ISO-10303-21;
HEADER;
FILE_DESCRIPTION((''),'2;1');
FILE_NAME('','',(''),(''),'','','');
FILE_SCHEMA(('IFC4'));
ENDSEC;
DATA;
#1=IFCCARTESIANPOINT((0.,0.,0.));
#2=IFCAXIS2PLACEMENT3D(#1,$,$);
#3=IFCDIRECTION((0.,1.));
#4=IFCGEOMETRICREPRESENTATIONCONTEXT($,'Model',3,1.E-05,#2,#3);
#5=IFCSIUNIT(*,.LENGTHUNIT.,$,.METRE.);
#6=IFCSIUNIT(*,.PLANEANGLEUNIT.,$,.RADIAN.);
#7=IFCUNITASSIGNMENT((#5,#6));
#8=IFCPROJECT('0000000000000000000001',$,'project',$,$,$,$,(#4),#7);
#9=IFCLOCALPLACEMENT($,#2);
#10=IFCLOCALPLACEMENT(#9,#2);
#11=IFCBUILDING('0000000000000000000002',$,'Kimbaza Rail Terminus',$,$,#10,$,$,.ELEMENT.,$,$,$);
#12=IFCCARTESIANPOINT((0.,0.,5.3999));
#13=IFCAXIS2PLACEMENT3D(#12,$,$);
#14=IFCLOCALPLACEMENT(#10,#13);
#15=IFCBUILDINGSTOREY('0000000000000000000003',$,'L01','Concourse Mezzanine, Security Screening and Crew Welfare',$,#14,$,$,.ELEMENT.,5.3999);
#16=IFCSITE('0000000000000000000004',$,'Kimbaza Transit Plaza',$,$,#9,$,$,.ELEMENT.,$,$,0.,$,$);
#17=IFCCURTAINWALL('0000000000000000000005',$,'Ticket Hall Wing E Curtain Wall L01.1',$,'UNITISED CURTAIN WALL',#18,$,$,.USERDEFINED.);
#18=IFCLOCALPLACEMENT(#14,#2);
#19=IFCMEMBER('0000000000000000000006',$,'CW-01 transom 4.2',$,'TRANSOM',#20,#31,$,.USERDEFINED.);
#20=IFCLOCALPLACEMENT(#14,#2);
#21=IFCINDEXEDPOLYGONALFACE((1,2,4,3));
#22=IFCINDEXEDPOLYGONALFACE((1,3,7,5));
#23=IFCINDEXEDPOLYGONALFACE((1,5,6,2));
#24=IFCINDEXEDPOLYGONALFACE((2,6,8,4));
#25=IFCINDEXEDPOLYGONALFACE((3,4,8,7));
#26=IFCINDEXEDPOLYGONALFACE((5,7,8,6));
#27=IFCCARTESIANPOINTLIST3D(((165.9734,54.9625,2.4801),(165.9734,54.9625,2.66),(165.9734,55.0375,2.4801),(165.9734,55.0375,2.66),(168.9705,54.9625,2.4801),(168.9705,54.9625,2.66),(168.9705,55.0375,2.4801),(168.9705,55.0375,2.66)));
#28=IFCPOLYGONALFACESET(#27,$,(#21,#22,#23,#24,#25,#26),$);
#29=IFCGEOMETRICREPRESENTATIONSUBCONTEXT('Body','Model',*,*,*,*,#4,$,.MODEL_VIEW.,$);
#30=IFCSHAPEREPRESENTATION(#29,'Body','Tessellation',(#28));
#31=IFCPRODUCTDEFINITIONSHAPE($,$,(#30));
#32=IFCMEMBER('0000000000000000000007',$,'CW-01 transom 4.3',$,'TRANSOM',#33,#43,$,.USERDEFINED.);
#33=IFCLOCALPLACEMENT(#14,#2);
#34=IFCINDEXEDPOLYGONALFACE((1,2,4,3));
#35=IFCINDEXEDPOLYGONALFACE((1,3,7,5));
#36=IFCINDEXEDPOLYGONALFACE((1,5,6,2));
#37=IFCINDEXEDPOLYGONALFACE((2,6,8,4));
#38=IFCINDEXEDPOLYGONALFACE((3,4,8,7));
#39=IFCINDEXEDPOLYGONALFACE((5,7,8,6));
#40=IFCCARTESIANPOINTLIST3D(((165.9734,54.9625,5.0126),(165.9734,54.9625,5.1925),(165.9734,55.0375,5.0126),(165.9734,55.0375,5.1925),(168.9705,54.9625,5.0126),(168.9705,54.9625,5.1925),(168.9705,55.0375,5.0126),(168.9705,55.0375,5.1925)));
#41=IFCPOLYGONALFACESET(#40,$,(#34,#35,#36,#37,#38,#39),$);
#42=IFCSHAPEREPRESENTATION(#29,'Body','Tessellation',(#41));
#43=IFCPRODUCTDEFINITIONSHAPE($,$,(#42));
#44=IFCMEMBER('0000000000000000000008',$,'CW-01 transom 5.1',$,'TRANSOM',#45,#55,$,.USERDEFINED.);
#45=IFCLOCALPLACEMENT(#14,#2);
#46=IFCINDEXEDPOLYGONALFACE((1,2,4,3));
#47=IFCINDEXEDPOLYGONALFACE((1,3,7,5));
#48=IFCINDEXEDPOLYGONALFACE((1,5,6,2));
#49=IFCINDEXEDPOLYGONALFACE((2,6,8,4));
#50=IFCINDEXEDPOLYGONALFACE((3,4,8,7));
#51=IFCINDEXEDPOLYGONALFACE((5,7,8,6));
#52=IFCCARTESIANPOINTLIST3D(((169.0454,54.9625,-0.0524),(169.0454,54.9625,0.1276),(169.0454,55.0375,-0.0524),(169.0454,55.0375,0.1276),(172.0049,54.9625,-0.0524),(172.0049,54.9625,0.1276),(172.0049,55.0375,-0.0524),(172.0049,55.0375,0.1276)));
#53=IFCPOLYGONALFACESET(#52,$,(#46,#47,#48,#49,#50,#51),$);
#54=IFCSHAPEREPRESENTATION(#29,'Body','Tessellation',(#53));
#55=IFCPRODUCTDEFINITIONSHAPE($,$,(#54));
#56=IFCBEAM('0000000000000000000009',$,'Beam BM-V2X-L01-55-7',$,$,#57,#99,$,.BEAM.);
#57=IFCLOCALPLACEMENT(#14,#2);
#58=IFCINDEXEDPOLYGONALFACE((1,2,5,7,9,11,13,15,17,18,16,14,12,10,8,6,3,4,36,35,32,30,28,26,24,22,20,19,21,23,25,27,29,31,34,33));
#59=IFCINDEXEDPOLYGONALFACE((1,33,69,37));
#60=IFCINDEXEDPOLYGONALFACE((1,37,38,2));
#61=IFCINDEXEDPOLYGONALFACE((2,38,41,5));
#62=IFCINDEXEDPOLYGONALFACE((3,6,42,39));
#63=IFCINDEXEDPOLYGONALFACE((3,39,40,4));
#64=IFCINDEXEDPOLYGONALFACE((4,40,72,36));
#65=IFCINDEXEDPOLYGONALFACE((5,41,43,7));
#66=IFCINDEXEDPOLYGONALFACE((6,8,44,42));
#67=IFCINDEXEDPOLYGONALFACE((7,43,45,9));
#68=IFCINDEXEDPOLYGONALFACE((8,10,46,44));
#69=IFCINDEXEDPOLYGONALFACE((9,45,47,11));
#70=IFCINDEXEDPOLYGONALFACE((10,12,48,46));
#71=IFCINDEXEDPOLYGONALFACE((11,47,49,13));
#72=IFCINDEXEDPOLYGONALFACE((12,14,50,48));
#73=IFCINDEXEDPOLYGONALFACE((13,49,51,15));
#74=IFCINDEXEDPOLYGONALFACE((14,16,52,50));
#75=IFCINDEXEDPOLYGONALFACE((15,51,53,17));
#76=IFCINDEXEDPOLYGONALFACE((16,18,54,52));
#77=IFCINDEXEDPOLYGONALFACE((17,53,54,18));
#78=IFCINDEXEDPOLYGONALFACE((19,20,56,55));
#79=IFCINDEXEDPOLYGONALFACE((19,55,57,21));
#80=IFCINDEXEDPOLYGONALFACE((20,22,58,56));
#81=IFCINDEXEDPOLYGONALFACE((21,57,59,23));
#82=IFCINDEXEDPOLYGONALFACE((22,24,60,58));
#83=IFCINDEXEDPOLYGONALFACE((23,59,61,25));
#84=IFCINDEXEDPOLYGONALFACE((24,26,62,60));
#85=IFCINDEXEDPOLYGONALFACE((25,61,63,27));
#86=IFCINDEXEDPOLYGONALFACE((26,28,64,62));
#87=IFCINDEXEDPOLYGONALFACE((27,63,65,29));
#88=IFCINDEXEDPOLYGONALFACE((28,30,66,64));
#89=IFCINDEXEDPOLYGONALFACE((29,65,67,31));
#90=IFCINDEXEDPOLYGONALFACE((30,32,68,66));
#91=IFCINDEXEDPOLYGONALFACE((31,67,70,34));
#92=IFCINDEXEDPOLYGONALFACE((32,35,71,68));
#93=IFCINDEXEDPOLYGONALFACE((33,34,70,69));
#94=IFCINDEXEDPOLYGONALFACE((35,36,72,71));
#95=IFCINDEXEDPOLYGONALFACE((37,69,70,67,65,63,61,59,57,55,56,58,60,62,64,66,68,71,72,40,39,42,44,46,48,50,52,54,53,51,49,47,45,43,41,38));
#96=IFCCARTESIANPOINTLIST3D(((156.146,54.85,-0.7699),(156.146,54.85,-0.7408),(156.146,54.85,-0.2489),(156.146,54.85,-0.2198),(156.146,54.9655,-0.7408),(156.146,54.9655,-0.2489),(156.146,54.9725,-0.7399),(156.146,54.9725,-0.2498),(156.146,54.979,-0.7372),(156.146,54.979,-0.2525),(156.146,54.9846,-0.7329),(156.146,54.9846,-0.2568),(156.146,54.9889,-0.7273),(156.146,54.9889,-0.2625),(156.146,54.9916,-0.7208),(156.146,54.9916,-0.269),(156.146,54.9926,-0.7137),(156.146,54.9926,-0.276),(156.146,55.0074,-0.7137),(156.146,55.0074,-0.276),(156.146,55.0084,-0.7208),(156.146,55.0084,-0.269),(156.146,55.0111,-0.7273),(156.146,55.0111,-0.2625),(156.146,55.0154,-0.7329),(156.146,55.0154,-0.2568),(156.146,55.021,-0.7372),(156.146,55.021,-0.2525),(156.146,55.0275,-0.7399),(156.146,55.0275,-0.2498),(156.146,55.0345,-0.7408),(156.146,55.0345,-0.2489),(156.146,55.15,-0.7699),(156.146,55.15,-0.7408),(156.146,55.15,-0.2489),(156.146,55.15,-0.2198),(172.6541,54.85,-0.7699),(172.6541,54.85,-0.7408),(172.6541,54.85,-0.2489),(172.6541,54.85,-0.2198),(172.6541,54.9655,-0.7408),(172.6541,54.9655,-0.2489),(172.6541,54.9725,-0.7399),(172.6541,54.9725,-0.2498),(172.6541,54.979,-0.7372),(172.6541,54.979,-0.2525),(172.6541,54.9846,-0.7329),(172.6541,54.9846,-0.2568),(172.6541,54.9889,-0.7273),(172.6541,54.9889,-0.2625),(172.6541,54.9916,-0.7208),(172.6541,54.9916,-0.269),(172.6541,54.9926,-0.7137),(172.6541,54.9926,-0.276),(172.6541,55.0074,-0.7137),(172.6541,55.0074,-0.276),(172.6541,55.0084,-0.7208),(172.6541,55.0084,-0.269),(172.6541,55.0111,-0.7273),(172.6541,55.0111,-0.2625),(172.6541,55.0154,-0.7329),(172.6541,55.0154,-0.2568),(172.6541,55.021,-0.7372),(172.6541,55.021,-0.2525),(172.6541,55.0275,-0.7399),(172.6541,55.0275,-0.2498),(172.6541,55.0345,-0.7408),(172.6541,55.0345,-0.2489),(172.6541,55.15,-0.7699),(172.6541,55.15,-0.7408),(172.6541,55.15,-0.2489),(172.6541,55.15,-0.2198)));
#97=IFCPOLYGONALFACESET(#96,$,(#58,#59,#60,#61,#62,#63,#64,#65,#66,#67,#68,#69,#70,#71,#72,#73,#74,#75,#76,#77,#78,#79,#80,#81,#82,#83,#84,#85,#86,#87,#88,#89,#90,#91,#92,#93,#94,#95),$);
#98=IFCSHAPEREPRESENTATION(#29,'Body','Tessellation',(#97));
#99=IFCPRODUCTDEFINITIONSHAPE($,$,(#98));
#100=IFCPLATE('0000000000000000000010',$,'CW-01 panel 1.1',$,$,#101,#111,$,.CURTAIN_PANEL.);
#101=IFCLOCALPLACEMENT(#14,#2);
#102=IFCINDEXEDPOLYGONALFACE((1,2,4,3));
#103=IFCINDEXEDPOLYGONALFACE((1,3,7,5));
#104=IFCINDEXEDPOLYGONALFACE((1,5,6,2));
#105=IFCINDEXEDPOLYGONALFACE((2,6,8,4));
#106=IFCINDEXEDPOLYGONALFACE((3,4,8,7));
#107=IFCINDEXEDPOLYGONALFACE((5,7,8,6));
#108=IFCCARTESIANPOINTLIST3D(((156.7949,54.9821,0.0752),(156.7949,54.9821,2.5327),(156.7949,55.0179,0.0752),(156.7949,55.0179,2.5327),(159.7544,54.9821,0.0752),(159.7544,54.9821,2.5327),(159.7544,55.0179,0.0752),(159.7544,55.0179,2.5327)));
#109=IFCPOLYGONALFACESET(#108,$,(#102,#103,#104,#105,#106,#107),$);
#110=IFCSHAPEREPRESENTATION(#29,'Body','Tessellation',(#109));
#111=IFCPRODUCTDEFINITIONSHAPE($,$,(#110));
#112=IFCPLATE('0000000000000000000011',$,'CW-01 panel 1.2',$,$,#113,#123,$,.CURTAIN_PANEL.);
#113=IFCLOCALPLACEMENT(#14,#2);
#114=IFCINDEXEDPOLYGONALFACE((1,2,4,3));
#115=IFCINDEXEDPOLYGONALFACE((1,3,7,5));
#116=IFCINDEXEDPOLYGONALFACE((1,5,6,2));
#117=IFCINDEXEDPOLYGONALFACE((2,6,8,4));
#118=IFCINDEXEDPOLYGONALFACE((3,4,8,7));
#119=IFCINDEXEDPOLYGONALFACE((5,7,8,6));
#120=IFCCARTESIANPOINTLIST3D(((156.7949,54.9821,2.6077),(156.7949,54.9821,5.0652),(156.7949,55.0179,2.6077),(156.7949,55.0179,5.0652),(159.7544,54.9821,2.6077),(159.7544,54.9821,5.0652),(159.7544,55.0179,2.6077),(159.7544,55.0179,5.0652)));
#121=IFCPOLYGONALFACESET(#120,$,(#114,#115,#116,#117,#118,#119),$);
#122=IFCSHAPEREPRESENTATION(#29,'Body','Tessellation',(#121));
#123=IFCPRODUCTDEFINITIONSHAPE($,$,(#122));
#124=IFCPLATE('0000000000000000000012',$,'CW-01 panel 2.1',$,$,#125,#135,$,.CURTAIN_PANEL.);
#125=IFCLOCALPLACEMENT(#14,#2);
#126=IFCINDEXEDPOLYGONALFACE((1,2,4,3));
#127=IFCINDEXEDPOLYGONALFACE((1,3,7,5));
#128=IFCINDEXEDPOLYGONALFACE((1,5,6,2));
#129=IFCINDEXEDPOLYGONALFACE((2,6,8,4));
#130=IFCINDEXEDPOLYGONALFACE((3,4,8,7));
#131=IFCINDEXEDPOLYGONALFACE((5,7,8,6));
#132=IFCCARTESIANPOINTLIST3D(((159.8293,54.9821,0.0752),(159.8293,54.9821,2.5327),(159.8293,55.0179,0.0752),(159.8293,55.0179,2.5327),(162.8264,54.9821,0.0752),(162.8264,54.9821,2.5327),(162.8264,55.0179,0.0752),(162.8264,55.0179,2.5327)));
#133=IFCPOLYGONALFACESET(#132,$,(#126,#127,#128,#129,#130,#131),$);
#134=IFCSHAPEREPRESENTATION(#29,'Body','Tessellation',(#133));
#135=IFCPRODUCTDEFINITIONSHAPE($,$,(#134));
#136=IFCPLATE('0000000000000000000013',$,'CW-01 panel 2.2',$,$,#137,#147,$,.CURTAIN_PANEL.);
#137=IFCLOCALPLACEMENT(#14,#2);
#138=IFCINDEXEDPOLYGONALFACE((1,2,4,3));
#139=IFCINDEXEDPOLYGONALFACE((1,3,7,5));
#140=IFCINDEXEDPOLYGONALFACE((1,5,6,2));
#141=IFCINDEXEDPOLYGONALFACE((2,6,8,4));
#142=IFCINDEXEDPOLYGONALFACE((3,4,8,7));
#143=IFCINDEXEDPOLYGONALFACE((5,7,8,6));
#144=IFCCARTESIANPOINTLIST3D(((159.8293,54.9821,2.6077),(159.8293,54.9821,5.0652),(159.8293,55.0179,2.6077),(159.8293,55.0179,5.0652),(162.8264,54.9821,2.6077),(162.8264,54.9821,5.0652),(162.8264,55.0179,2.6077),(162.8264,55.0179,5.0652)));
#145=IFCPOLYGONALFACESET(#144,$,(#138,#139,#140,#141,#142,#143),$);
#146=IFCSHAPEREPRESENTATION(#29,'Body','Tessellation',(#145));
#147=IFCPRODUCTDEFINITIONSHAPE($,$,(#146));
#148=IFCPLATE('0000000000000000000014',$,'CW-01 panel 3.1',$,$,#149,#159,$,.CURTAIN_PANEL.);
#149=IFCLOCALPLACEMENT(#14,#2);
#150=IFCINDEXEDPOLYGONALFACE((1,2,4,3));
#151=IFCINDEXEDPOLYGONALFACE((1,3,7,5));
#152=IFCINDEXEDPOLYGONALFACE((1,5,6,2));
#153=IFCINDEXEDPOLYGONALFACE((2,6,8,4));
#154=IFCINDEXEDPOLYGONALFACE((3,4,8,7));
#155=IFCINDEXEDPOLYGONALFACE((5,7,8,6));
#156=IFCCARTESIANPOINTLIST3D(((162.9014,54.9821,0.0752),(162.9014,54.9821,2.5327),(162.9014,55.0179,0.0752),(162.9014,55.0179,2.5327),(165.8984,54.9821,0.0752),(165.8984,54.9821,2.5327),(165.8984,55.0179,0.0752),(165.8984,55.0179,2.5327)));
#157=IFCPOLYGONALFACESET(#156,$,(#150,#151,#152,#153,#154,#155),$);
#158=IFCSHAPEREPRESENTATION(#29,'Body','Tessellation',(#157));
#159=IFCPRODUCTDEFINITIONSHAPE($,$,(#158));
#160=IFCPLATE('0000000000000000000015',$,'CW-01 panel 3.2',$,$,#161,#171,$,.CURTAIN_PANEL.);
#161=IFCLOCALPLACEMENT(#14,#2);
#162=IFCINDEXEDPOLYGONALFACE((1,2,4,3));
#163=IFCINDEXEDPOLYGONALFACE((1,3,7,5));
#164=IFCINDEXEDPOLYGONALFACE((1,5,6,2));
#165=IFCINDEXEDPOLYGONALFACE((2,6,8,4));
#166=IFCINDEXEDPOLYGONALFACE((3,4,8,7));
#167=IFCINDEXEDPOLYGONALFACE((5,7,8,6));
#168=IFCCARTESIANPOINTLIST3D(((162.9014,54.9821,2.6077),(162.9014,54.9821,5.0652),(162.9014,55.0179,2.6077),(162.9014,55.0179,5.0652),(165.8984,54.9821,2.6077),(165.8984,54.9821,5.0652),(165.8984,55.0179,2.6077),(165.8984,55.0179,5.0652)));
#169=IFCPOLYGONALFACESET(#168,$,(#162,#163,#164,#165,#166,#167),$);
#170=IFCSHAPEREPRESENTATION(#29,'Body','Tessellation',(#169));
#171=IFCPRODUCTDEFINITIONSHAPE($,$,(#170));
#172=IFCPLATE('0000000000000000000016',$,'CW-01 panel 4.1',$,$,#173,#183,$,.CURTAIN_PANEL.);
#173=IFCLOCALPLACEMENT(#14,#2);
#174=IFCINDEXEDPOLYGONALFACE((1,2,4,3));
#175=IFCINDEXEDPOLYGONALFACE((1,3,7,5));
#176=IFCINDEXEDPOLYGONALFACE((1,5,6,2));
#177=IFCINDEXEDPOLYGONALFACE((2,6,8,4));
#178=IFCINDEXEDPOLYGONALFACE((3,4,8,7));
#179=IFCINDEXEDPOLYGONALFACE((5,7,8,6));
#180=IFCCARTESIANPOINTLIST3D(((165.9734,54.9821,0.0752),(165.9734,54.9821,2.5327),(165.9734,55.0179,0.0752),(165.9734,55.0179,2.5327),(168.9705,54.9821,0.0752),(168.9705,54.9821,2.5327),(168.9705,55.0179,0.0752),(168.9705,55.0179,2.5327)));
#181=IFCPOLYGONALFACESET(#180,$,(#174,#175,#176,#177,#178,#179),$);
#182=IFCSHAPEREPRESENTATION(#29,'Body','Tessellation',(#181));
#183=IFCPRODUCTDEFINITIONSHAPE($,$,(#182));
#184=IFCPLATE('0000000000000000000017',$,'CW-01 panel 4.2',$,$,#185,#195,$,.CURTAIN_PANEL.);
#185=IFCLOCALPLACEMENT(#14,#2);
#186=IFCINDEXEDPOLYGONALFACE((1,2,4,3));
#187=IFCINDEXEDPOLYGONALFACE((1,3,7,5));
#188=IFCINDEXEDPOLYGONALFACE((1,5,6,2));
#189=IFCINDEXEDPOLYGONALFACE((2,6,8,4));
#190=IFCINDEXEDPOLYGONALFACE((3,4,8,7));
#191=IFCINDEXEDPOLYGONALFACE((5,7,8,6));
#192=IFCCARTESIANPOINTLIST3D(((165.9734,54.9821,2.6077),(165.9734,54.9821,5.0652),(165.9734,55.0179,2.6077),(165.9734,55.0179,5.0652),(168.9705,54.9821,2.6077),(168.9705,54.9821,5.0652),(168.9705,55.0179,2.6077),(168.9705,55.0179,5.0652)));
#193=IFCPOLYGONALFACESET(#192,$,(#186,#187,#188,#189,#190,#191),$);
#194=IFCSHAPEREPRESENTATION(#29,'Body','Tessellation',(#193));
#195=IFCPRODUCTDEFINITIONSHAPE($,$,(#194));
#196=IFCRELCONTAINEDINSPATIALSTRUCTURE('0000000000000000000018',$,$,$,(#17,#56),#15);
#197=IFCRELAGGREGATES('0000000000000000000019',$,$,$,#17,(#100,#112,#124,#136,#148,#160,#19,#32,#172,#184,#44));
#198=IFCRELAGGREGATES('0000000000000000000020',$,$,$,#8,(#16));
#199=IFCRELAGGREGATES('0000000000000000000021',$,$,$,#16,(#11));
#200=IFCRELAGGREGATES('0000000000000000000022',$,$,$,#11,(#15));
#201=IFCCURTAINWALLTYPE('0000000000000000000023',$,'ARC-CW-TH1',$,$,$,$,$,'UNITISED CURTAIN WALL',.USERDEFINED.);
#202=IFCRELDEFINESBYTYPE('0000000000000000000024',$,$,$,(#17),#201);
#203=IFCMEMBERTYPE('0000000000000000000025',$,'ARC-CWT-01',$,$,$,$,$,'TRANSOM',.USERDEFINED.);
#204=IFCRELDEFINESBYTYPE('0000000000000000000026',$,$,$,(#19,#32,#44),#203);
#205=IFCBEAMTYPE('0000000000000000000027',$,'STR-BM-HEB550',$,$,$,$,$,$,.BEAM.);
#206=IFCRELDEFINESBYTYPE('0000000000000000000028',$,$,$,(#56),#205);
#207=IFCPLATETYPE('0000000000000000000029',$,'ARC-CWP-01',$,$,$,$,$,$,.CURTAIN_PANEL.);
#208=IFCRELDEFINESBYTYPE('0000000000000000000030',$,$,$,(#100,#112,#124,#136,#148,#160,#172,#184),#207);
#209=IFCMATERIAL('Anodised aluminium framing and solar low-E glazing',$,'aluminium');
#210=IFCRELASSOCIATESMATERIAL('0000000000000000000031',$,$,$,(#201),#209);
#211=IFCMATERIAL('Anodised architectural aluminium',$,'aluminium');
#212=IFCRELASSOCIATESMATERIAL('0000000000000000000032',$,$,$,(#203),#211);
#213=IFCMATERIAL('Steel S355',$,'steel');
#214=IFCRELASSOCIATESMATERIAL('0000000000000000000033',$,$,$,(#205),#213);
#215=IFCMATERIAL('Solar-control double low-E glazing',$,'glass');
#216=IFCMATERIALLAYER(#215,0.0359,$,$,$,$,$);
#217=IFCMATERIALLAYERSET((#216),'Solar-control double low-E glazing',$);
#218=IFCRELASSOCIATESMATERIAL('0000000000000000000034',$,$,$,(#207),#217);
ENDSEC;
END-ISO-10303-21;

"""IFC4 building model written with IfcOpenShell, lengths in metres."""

from ifc_helpers import new_model, si_unit, direction, frame, origin, origin_2d, place, context, subcontext, project, spatial, rectangle, i_section, extrude, material, layer, layer_set, material_profile, profile_set, type_object, element, aggregate, save


model = new_model("IFC4")

# Units and contexts
model_context = context("Model", 3, precision=1e-05, world=origin(), true_north=direction((0.0, 1.0)))
body_context = subcontext(model_context, "Body", "Model", "MODEL_VIEW")
ifc_project = project(units=[si_unit("LENGTHUNIT", "METRE"), si_unit("PLANEANGLEUNIT", "RADIAN")], contexts=[model_context])

# Site, building, storey
site_placement = place(None, origin())
site = spatial("IfcSite", under=ifc_project, at=site_placement, Name="Kimbaza Transit Plaza", CompositionType="ELEMENT", RefElevation=0.0)
building_placement = place(site_placement, origin())
building = spatial("IfcBuilding", under=site, at=building_placement, Name="Kimbaza Rail Terminus", CompositionType="ELEMENT")
storey_placement = place(building_placement, frame((0.0, 0.0, 5.3999)))
storey = spatial("IfcBuildingStorey", under=building, at=storey_placement, Name="L01", Description="Concourse Mezzanine, Security Screening and Crew Welfare", CompositionType="ELEMENT", Elevation=5.3999)

# Curtain wall, members
ifc_material_1 = material(Name="Anodised aluminium framing and solar low-E glazing", Category="aluminium")
curtain_wall_type = type_object("IfcCurtainWallType", Name="ARC-CW-TH1", ElementType="UNITISED CURTAIN WALL", PredefinedType="USERDEFINED", material=ifc_material_1)
curtain_wall_placement = place(storey_placement, origin())
curtain_wall = element("IfcCurtainWall", 1, at=curtain_wall_placement, inside=storey, type_object=curtain_wall_type, Name="Ticket Hall Wing E Curtain Wall L01.1", ObjectType="UNITISED CURTAIN WALL", PredefinedType="USERDEFINED")
ifc_material_2 = material(Name="Anodised architectural aluminium", Category="aluminium")
ifc_material_profile_1 = material_profile(ifc_material_2, rectangle(XDim=0.075, YDim=0.1799, at=origin_2d()), Name="TRANSOM 75x180")
ifc_profile_set_1 = profile_set([ifc_material_profile_1], Name="Anodised architectural aluminium")
member_type_1 = type_object("IfcMemberType", Name="ARC-CWT-01", ElementType="TRANSOM", PredefinedType="USERDEFINED", material=ifc_profile_set_1)
member_1_placement = place(storey_placement, frame((165.9734, 55.0, 2.5701), z_axis=(1.0, 0.0, 0.0), x_axis=(0.0, 1.0, 0.0)))
member_1 = element("IfcMember", 2, at=member_1_placement, type_object=member_type_1, Name="CW-01 transom 4.2", ObjectType="TRANSOM", PredefinedType="USERDEFINED", context=body_context, shape_type="SweptSolid", body=[
    extrude(rectangle(XDim=0.075, YDim=0.1799, at=origin_2d()), origin(), (0.0, 0.0, 1.0), 2.9971),
])
member_2_placement = place(storey_placement, frame((165.9734, 55.0, 5.1025), z_axis=(1.0, 0.0, 0.0), x_axis=(0.0, 1.0, 0.0)))
member_2 = element("IfcMember", 3, at=member_2_placement, type_object=member_type_1, Name="CW-01 transom 4.3", ObjectType="TRANSOM", PredefinedType="USERDEFINED", context=body_context, shape_type="SweptSolid", body=[
    extrude(rectangle(XDim=0.075, YDim=0.1799, at=origin_2d()), origin(), (0.0, 0.0, 1.0), 2.9971),
])
member_3_placement = place(storey_placement, frame((169.0454, 55.0, 0.0376), z_axis=(1.0, 0.0, 0.0), x_axis=(0.0, 1.0, 0.0)))
member_3 = element("IfcMember", 4, at=member_3_placement, type_object=member_type_1, Name="CW-01 transom 5.1", ObjectType="TRANSOM", PredefinedType="USERDEFINED", context=body_context, shape_type="SweptSolid", body=[
    extrude(rectangle(XDim=0.075, YDim=0.1799, at=origin_2d()), origin(), (0.0, 0.0, 1.0), 2.9595),
])

# Beam
ifc_material_3 = material(Name="Steel S355", Category="steel")
ifc_material_profile_2 = material_profile(ifc_material_3, i_section(OverallWidth=0.3, OverallDepth=0.55, WebThickness=0.0149, FlangeThickness=0.0291, FilletRadius=0.0271, at=origin_2d()), Name="HEB 550")
ifc_profile_set_2 = profile_set([ifc_material_profile_2], Name="Steel S355")
beam_type = type_object("IfcBeamType", Name="STR-BM-HEB550", PredefinedType="BEAM", material=ifc_profile_set_2)
beam_placement = place(storey_placement, frame((156.146, 55.0, -0.4949), z_axis=(1.0, 0.0, 0.0), x_axis=(0.0, 1.0, 0.0)))
element("IfcBeam", 5, at=beam_placement, inside=storey, type_object=beam_type, Name="Beam BM-V2X-L01-55-7", PredefinedType="BEAM", context=body_context, shape_type="SweptSolid", body=[
    extrude(i_section(OverallWidth=0.3, OverallDepth=0.55, WebThickness=0.0149, FlangeThickness=0.0291, FilletRadius=0.0271, at=origin_2d()), origin(), (0.0, 0.0, 1.0), 16.5081),
])

# Plates
ifc_material_4 = material(Name="Solar-control double low-E glazing", Category="glass")
ifc_layer_1 = layer(ifc_material_4, 0.0359)
ifc_layer_set_1 = layer_set([ifc_layer_1], Name="Solar-control double low-E glazing")
plate_type = type_object("IfcPlateType", Name="ARC-CWP-01", PredefinedType="CURTAIN_PANEL", material=ifc_layer_set_1)
plate_1_placement = place(storey_placement, frame((158.2747, 55.0, 0.0752), z_axis=(0.0, 0.0, 1.0), x_axis=(1.0, 0.0, 0.0)))
plate_1 = element("IfcPlate", 6, at=plate_1_placement, type_object=plate_type, Name="CW-01 panel 1.1", PredefinedType="CURTAIN_PANEL", context=body_context, shape_type="SweptSolid", body=[
    extrude(rectangle(XDim=2.9595, YDim=0.0359, at=origin_2d()), origin(), (0.0, 0.0, 1.0), 2.4575),
])
plate_2_placement = place(storey_placement, frame((158.2747, 55.0, 2.6077), z_axis=(0.0, 0.0, 1.0), x_axis=(1.0, 0.0, 0.0)))
plate_2 = element("IfcPlate", 7, at=plate_2_placement, type_object=plate_type, Name="CW-01 panel 1.2", PredefinedType="CURTAIN_PANEL", context=body_context, shape_type="SweptSolid", body=[
    extrude(rectangle(XDim=2.9595, YDim=0.0359, at=origin_2d()), origin(), (0.0, 0.0, 1.0), 2.4575),
])
plate_3_placement = place(storey_placement, frame((161.3279, 55.0, 0.0752), z_axis=(0.0, 0.0, 1.0), x_axis=(1.0, 0.0, 0.0)))
plate_3 = element("IfcPlate", 8, at=plate_3_placement, type_object=plate_type, Name="CW-01 panel 2.1", PredefinedType="CURTAIN_PANEL", context=body_context, shape_type="SweptSolid", body=[
    extrude(rectangle(XDim=2.9971, YDim=0.0359, at=origin_2d()), origin(), (0.0, 0.0, 1.0), 2.4575),
])
plate_4_placement = place(storey_placement, frame((161.3279, 55.0, 2.6077), z_axis=(0.0, 0.0, 1.0), x_axis=(1.0, 0.0, 0.0)))
plate_4 = element("IfcPlate", 9, at=plate_4_placement, type_object=plate_type, Name="CW-01 panel 2.2", PredefinedType="CURTAIN_PANEL", context=body_context, shape_type="SweptSolid", body=[
    extrude(rectangle(XDim=2.9971, YDim=0.0359, at=origin_2d()), origin(), (0.0, 0.0, 1.0), 2.4575),
])
plate_5_placement = place(storey_placement, frame((164.3999, 55.0, 0.0752), z_axis=(0.0, 0.0, 1.0), x_axis=(1.0, 0.0, 0.0)))
plate_5 = element("IfcPlate", 10, at=plate_5_placement, type_object=plate_type, Name="CW-01 panel 3.1", PredefinedType="CURTAIN_PANEL", context=body_context, shape_type="SweptSolid", body=[
    extrude(rectangle(XDim=2.9971, YDim=0.0359, at=origin_2d()), origin(), (0.0, 0.0, 1.0), 2.4575),
])
plate_6_placement = place(storey_placement, frame((164.3999, 55.0, 2.6077), z_axis=(0.0, 0.0, 1.0), x_axis=(1.0, 0.0, 0.0)))
plate_6 = element("IfcPlate", 11, at=plate_6_placement, type_object=plate_type, Name="CW-01 panel 3.2", PredefinedType="CURTAIN_PANEL", context=body_context, shape_type="SweptSolid", body=[
    extrude(rectangle(XDim=2.9971, YDim=0.0359, at=origin_2d()), origin(), (0.0, 0.0, 1.0), 2.4575),
])
plate_7_placement = place(storey_placement, frame((167.4719, 55.0, 0.0752), z_axis=(0.0, 0.0, 1.0), x_axis=(1.0, 0.0, 0.0)))
plate_7 = element("IfcPlate", 12, at=plate_7_placement, type_object=plate_type, Name="CW-01 panel 4.1", PredefinedType="CURTAIN_PANEL", context=body_context, shape_type="SweptSolid", body=[
    extrude(rectangle(XDim=2.9971, YDim=0.0359, at=origin_2d()), origin(), (0.0, 0.0, 1.0), 2.4575),
])
plate_8_placement = place(storey_placement, frame((167.4719, 55.0, 2.6077), z_axis=(0.0, 0.0, 1.0), x_axis=(1.0, 0.0, 0.0)))
plate_8 = element("IfcPlate", 13, at=plate_8_placement, type_object=plate_type, Name="CW-01 panel 4.2", PredefinedType="CURTAIN_PANEL", context=body_context, shape_type="SweptSolid", body=[
    extrude(rectangle(XDim=2.9971, YDim=0.0359, at=origin_2d()), origin(), (0.0, 0.0, 1.0), 2.4575),
])
aggregate(curtain_wall, [plate_1, plate_2, plate_3, plate_4, plate_5, plate_6, member_1, member_2, plate_7, plate_8, member_3])

save(model, "model.ifc")
